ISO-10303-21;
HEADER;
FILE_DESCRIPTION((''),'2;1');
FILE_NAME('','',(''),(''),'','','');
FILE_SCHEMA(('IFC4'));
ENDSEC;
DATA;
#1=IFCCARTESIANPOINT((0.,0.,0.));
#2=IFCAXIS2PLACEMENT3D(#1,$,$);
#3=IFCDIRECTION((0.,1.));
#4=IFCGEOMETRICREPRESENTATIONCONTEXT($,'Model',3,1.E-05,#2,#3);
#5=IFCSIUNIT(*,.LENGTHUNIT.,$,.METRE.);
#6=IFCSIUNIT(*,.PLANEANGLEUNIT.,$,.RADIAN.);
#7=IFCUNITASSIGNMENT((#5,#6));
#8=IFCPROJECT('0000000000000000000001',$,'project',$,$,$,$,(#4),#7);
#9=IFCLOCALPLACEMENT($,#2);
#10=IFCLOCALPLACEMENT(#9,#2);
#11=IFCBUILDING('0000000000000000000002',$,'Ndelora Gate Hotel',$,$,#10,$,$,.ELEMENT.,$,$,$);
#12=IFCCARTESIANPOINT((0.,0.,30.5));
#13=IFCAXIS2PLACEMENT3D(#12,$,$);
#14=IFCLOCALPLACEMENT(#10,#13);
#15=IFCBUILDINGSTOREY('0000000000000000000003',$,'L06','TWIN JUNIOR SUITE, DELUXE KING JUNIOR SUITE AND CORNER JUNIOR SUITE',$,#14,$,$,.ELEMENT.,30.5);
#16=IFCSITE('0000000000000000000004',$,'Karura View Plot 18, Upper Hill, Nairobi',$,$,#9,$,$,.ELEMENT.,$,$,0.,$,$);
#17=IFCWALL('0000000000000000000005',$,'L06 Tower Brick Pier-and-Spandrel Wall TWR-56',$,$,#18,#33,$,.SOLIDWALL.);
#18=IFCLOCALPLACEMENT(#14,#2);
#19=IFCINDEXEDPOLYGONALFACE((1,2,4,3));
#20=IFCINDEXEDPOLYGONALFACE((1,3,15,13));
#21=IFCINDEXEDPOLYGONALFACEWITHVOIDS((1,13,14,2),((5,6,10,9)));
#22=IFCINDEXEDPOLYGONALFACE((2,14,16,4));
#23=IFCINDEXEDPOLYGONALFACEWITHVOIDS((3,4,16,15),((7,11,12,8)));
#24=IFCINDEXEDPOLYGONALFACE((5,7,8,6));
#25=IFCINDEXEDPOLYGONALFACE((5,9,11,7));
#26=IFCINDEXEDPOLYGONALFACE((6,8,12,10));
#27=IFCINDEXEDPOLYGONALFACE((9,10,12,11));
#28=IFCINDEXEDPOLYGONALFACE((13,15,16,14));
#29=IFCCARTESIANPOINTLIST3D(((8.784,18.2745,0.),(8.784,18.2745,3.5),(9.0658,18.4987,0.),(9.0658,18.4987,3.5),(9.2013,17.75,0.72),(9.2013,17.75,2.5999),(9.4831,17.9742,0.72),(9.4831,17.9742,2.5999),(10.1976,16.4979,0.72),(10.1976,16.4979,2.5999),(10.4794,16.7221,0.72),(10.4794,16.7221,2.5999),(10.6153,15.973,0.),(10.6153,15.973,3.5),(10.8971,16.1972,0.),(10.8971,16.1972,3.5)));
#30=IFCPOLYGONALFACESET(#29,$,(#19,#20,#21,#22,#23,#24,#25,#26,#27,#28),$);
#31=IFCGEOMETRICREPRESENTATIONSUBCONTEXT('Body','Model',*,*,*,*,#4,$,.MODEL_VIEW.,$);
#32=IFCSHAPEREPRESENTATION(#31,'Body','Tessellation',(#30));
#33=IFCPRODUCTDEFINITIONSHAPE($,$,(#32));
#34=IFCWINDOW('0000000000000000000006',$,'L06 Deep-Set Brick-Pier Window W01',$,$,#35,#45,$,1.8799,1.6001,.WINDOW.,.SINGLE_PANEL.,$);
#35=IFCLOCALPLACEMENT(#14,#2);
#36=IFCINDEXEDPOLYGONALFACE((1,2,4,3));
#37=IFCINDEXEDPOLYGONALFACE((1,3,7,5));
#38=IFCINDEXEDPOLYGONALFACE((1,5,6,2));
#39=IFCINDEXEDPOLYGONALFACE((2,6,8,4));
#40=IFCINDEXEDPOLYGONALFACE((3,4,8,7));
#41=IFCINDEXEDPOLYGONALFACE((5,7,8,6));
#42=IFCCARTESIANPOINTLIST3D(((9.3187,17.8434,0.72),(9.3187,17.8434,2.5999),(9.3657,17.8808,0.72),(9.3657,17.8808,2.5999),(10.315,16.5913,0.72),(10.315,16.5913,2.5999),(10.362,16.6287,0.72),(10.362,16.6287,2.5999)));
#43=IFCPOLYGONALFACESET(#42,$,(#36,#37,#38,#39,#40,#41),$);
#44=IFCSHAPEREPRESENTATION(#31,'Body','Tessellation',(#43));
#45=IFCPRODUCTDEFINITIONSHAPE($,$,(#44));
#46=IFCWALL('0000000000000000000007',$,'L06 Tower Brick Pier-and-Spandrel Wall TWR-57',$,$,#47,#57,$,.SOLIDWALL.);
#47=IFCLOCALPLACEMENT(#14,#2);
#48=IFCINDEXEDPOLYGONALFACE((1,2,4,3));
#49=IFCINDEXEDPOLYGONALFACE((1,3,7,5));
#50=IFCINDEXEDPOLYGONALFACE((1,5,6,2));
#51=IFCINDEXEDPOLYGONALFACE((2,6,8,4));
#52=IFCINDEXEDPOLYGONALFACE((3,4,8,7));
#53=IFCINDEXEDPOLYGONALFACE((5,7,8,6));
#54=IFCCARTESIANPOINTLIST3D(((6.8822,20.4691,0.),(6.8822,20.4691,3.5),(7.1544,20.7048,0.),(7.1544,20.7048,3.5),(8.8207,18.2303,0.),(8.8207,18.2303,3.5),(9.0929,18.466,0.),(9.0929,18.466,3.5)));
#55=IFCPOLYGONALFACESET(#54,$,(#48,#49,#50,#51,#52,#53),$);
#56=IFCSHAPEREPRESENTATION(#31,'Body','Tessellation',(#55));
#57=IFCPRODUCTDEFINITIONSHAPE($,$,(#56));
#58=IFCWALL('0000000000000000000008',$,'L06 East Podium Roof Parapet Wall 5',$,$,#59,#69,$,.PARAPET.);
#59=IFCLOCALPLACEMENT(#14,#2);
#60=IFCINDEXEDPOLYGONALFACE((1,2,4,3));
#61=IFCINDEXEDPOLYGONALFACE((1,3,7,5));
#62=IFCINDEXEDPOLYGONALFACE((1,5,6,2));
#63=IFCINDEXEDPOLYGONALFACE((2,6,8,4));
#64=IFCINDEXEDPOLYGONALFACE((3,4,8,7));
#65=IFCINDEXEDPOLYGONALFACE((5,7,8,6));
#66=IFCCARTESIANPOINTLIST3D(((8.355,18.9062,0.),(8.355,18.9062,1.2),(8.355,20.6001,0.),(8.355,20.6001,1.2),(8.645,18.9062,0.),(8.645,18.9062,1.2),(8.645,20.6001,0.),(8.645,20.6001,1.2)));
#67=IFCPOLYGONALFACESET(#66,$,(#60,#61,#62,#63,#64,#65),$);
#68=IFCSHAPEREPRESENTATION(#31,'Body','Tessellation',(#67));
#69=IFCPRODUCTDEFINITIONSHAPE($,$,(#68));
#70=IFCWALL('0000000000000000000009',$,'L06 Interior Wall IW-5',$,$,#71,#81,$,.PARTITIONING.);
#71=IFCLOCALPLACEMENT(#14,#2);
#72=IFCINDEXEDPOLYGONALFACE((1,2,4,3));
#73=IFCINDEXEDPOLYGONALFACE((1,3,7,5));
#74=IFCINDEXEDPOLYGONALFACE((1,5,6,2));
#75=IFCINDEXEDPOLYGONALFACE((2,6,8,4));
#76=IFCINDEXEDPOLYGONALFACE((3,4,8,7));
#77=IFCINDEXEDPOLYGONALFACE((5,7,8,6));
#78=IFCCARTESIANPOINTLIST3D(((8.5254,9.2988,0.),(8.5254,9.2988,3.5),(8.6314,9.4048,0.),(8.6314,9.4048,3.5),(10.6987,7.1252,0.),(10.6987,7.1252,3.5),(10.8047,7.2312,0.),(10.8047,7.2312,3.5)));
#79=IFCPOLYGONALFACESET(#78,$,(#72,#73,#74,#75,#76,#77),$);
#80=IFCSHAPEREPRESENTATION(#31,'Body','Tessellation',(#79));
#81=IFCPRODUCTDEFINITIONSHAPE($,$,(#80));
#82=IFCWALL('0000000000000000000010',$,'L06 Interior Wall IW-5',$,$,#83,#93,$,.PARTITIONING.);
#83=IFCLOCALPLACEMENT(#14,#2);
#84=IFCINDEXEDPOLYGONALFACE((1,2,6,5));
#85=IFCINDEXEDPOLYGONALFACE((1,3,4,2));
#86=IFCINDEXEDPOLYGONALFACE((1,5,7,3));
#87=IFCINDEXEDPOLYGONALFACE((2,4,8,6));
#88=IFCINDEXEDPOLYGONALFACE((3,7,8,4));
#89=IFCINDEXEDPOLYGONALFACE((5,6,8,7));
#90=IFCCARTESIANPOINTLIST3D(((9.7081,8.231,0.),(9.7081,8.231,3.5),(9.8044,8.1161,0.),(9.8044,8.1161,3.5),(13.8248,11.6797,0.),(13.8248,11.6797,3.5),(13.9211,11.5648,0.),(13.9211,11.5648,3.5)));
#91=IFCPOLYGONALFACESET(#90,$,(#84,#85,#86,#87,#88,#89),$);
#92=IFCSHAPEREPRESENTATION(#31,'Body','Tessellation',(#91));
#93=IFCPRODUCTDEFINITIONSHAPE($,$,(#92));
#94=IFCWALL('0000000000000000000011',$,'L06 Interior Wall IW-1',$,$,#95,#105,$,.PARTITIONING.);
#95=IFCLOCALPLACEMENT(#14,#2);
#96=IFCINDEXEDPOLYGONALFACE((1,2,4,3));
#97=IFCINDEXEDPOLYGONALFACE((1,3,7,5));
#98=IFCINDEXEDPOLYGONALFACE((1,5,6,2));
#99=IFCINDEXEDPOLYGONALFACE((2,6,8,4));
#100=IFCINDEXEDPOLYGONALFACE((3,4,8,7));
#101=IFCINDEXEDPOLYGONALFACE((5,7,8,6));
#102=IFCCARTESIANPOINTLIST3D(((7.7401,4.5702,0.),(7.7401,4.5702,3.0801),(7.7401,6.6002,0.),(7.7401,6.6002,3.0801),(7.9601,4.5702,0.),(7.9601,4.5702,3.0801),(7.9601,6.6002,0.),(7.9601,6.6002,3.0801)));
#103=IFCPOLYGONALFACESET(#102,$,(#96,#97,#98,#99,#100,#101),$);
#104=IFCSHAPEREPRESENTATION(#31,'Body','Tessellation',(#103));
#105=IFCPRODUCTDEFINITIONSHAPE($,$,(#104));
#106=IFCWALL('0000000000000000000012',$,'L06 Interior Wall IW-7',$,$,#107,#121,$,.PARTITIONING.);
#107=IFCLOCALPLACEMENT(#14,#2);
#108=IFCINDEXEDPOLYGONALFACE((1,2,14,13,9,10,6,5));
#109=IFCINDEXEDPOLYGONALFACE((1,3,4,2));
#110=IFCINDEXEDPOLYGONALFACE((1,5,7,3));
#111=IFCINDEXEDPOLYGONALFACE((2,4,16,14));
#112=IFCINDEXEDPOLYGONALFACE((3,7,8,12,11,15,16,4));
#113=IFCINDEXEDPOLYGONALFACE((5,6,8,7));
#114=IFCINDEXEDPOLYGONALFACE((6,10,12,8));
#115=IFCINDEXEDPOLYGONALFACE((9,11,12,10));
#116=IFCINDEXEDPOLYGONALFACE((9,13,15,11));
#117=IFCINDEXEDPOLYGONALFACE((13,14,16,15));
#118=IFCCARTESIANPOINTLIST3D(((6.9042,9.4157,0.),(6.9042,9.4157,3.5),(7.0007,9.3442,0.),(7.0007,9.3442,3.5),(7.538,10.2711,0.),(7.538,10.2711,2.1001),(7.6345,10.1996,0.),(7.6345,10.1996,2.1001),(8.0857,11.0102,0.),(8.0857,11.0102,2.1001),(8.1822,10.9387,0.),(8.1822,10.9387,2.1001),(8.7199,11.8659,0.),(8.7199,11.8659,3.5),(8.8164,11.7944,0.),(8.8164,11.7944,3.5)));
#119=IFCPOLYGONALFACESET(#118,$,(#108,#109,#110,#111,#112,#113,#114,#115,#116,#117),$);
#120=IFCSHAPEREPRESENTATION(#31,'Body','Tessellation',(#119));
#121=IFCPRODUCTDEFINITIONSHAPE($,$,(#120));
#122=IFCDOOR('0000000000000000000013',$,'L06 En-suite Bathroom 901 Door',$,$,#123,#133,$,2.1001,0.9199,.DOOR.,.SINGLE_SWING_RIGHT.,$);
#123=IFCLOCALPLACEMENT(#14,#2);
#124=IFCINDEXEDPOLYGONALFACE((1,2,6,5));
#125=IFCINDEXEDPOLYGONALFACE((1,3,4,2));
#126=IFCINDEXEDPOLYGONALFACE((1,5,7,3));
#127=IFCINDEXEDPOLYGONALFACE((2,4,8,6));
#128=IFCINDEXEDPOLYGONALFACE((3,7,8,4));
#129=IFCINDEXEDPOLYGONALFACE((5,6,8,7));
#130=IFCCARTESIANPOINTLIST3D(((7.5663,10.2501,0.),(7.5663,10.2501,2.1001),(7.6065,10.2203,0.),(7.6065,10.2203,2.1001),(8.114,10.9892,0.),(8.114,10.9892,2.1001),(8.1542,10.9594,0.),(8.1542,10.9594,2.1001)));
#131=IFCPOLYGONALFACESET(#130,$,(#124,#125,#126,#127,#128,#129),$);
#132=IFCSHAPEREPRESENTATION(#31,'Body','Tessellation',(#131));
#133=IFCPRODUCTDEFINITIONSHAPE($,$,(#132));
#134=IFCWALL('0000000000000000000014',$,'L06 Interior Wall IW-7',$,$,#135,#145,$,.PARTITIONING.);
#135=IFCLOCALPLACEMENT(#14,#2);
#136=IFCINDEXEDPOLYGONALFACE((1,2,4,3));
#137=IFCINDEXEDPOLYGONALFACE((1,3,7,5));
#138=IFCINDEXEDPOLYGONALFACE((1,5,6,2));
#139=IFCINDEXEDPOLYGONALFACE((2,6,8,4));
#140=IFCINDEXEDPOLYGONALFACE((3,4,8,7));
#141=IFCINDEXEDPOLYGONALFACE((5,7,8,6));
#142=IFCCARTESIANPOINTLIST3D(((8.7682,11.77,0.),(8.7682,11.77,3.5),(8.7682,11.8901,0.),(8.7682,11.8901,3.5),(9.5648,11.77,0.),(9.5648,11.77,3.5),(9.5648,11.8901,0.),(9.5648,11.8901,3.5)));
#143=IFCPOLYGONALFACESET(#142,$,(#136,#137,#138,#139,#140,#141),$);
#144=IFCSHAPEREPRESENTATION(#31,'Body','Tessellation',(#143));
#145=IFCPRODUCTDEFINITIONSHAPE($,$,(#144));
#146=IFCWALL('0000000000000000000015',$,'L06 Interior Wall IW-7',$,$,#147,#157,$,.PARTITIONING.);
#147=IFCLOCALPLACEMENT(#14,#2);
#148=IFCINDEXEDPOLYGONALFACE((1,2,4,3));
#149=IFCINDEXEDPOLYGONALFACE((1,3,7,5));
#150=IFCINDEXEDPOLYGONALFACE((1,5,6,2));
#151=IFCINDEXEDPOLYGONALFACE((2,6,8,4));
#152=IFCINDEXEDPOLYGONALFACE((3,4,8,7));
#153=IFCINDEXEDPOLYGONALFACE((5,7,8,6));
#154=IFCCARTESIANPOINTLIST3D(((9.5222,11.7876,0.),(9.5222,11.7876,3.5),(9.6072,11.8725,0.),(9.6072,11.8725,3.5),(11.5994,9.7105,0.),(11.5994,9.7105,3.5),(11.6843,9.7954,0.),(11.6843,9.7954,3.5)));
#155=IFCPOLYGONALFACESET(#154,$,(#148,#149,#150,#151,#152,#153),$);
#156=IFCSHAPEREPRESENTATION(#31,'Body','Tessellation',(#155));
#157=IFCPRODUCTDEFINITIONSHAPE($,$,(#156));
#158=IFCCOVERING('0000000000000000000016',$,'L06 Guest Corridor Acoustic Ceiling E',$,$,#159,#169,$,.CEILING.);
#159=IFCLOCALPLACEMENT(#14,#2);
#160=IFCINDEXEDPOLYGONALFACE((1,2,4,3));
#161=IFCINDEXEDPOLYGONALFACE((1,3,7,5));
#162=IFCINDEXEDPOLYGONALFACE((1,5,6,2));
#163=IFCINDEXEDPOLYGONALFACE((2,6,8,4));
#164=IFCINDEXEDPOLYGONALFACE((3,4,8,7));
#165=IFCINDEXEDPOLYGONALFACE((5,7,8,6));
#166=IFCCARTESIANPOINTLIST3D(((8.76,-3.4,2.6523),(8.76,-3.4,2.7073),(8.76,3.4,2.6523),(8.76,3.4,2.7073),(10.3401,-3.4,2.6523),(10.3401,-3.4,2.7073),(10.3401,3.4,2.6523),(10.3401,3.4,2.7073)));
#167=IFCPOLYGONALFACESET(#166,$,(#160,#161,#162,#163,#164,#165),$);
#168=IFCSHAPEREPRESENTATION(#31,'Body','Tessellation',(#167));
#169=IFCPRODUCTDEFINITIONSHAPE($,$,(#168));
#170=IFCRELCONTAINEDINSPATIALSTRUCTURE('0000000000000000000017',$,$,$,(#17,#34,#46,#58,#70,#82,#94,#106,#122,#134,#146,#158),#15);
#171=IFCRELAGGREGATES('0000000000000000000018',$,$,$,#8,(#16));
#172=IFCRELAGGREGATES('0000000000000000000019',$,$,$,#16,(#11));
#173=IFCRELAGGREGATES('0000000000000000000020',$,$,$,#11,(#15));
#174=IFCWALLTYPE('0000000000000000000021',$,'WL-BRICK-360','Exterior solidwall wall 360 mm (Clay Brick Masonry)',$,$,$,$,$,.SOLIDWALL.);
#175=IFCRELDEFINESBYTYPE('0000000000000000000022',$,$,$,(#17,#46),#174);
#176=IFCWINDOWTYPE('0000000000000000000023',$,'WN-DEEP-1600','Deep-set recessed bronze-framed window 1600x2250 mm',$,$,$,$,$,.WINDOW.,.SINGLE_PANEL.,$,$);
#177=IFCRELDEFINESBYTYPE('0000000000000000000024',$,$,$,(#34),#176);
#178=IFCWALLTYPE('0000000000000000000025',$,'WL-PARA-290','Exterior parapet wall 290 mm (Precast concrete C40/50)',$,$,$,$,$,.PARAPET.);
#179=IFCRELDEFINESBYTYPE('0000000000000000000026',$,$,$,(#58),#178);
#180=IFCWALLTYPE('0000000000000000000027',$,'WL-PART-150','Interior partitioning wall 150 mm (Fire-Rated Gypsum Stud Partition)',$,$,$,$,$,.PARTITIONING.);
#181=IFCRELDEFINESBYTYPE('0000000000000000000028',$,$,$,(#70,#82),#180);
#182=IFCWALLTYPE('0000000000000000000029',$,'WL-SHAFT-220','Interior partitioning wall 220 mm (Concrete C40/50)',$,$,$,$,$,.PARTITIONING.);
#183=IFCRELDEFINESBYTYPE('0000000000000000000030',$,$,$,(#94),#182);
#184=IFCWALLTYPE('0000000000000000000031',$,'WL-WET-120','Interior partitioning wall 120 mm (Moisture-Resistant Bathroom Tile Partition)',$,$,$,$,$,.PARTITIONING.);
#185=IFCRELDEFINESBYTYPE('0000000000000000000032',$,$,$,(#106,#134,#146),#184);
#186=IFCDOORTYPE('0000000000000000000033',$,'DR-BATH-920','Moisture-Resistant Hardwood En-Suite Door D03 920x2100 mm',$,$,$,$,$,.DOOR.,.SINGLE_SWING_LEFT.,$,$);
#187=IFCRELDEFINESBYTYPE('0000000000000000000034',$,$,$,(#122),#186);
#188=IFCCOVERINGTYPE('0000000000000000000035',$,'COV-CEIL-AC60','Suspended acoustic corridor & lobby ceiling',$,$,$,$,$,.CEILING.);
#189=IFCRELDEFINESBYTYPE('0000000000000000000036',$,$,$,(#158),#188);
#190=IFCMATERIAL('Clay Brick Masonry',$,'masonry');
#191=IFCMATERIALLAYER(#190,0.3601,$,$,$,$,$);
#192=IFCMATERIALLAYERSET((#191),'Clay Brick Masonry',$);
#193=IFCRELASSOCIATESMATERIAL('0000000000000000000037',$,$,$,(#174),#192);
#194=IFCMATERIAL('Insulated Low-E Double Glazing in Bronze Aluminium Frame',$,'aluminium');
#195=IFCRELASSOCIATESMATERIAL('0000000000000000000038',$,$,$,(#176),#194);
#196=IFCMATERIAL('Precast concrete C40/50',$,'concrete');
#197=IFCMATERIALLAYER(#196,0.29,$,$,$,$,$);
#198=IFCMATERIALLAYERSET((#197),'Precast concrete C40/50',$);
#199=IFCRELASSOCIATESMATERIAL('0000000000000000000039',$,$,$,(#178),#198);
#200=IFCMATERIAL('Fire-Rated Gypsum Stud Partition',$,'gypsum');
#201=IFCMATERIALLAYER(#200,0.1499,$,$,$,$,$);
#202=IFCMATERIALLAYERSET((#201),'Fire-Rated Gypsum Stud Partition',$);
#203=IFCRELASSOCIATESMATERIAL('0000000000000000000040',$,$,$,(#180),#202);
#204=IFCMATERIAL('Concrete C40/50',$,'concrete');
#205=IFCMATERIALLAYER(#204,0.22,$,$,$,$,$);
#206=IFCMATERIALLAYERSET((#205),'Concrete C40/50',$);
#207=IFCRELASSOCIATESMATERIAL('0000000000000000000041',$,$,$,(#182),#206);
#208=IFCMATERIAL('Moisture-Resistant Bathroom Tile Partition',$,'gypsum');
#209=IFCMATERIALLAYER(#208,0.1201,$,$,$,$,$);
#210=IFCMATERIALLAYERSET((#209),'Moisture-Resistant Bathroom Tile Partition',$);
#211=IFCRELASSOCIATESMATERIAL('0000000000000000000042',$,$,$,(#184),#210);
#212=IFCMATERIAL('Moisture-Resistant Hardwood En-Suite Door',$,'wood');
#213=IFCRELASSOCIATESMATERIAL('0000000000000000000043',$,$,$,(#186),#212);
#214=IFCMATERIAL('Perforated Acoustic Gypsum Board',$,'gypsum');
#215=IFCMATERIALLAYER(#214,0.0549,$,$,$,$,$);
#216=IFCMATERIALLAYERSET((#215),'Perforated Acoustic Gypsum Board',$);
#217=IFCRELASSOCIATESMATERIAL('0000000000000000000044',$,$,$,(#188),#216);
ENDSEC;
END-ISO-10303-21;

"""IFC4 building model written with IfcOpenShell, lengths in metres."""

from ifc_helpers import new_model, si_unit, direction, frame, frame_2d, origin, origin_2d, place, context, subcontext, project, spatial, rectangle, extrude, material, layer, layer_set, type_object, element, fill, save


model = new_model("IFC4")

# Units and contexts
model_context = context("Model", 3, precision=1e-05, world=origin(), true_north=direction((0.0, 1.0)))
body_context = subcontext(model_context, "Body", "Model", "MODEL_VIEW")
ifc_project = project(units=[si_unit("LENGTHUNIT", "METRE"), si_unit("PLANEANGLEUNIT", "RADIAN")], contexts=[model_context])

# Site, building, storey
site_placement = place(None, origin())
site = spatial("IfcSite", under=ifc_project, at=site_placement, Name="Karura View Plot 18, Upper Hill, Nairobi", CompositionType="ELEMENT", RefElevation=0.0)
building_placement = place(site_placement, origin())
building = spatial("IfcBuilding", under=site, at=building_placement, Name="Ndelora Gate Hotel", CompositionType="ELEMENT")
storey_placement = place(building_placement, frame((0.0, 0.0, 30.5)))
storey = spatial("IfcBuildingStorey", under=building, at=storey_placement, Name="L06", Description="TWIN JUNIOR SUITE, DELUXE KING JUNIOR SUITE AND CORNER JUNIOR SUITE", CompositionType="ELEMENT", Elevation=30.5)

# Wall, opening, window
ifc_material_1 = material(Name="Clay Brick Masonry", Category="masonry")
ifc_layer_1 = layer(ifc_material_1, 0.3601)
ifc_layer_set_1 = layer_set([ifc_layer_1], Name="Clay Brick Masonry")
wall_type_1 = type_object("IfcWallType", Name="WL-BRICK-360", Description="Exterior solidwall wall 360 mm (Clay Brick Masonry)", PredefinedType="SOLIDWALL", material=ifc_layer_set_1)
wall_1_placement = place(storey_placement, frame((8.9248, 18.3867, 0.0), z_axis=(0.0, 0.0, 1.0), x_axis=(0.622638, -0.78251, 0.0)))
wall_1 = element("IfcWall", 1, at=wall_1_placement, inside=storey, type_object=wall_type_1, Name="L06 Tower Brick Pier-and-Spandrel Wall TWR-56", PredefinedType="SOLIDWALL", context=body_context, shape_type="SweptSolid", body=[
    extrude(rectangle(XDim=2.9412, YDim=0.3601, at=frame_2d((1.4707, 0.0))), origin(), (0.0, 0.0, 1.0), 3.5),
])
opening_1_placement = place(wall_1_placement, frame((0.6704, 0.0, 0.72)))
opening_1 = element("IfcOpeningElement", 2, at=opening_1_placement, cuts=wall_1, PredefinedType="OPENING", context=body_context, shape_type="SweptSolid", body=[
    extrude(rectangle(XDim=1.6001, YDim=1.8799, at=frame_2d((0.8, 0.9399))), frame((0.0, 0.1899, 0.0), z_axis=(0.0, -1.0, 0.0), x_axis=(1.0, 0.0, 0.0)), (0.0, 0.0, 1.0), 0.3801),
])
ifc_material_2 = material(Name="Insulated Low-E Double Glazing in Bronze Aluminium Frame", Category="aluminium")
window_type = type_object("IfcWindowType", Name="WN-DEEP-1600", Description="Deep-set recessed bronze-framed window 1600x2250 mm", PartitioningType="SINGLE_PANEL", PredefinedType="WINDOW", material=ifc_material_2)
window_placement = place(opening_1_placement, origin())
window = element("IfcWindow", 3, at=window_placement, inside=storey, type_object=window_type, Name="L06 Deep-Set Brick-Pier Window W01", OverallHeight=1.8799, OverallWidth=1.6001, PartitioningType="SINGLE_PANEL", PredefinedType="WINDOW", context=body_context, shape_type="SweptSolid", body=[
    extrude(rectangle(XDim=1.6001, YDim=1.8799, at=frame_2d((0.8, 0.9399))), frame((0.0, 0.03, 0.0), z_axis=(0.0, -1.0, 0.0), x_axis=(1.0, 0.0, 0.0)), (0.0, 0.0, 1.0), 0.0601),
])
fill(opening_1, window)

# Wall
wall_2_placement = place(storey_placement, frame((7.0183, 20.5869, 0.0), z_axis=(0.0, 0.0, 1.0), x_axis=(0.654585, -0.755988, 0.0)))
element("IfcWall", 4, at=wall_2_placement, inside=storey, type_object=wall_type_1, Name="L06 Tower Brick Pier-and-Spandrel Wall TWR-57", PredefinedType="SOLIDWALL", context=body_context, shape_type="SweptSolid", body=[
    extrude(rectangle(XDim=2.9614, YDim=0.3601, at=frame_2d((1.4807, 0.0))), origin(), (0.0, 0.0, 1.0), 3.5),
])

# Shared definitions
ifc_material_3 = material(Name="Concrete C40/50", Category="concrete")

# Walls
ifc_material_4 = material(Name="Precast concrete C40/50", Category="concrete")
ifc_layer_2 = layer(ifc_material_4, 0.29)
ifc_layer_set_2 = layer_set([ifc_layer_2], Name="Precast concrete C40/50")
wall_type_2 = type_object("IfcWallType", Name="WL-PARA-290", Description="Exterior parapet wall 290 mm (Precast concrete C40/50)", PredefinedType="PARAPET", material=ifc_layer_set_2)
wall_3_placement = place(storey_placement, frame((8.5, 20.6001, 0.0), z_axis=(0.0, 0.0, 1.0), x_axis=(0.0, -1.0, 0.0)))
element("IfcWall", 5, at=wall_3_placement, inside=storey, type_object=wall_type_2, Name="L06 East Podium Roof Parapet Wall 5", PredefinedType="PARAPET", context=body_context, shape_type="SweptSolid", body=[
    extrude(rectangle(XDim=1.6938, YDim=0.29, at=frame_2d((0.8469, 0.0))), origin(), (0.0, 0.0, 1.0), 1.2),
])
ifc_material_5 = material(Name="Fire-Rated Gypsum Stud Partition", Category="gypsum")
ifc_layer_3 = layer(ifc_material_5, 0.1499)
ifc_layer_set_3 = layer_set([ifc_layer_3], Name="Fire-Rated Gypsum Stud Partition")
wall_type_3 = type_object("IfcWallType", Name="WL-PART-150", Description="Interior partitioning wall 150 mm (Fire-Rated Gypsum Stud Partition)", PredefinedType="PARTITIONING", material=ifc_layer_set_3)
wall_4_placement = place(storey_placement, frame((8.5784, 9.3518, 0.0), z_axis=(0.0, 0.0, 1.0), x_axis=(0.707067, -0.707146, 0.0)))
element("IfcWall", 6, at=wall_4_placement, inside=storey, type_object=wall_type_3, Name="L06 Interior Wall IW-5", PredefinedType="PARTITIONING", context=body_context, shape_type="SweptSolid", body=[
    extrude(rectangle(XDim=3.0737, YDim=0.1499, at=frame_2d((1.5369, 0.0))), origin(), (0.0, 0.0, 1.0), 3.5),
])
wall_5_placement = place(storey_placement, frame((9.7563, 8.1736, 0.0), z_axis=(0.0, 0.0, 1.0), x_axis=(0.766557, 0.642177, 0.0)))
element("IfcWall", 7, at=wall_5_placement, inside=storey, type_object=wall_type_3, Name="L06 Interior Wall IW-5", PredefinedType="PARTITIONING", context=body_context, shape_type="SweptSolid", body=[
    extrude(rectangle(XDim=5.3704, YDim=0.1499, at=frame_2d((2.6851, 0.0))), origin(), (0.0, 0.0, 1.0), 3.5),
])
ifc_layer_4 = layer(ifc_material_3, 0.22)
ifc_layer_set_4 = layer_set([ifc_layer_4], Name="Concrete C40/50")
wall_type_4 = type_object("IfcWallType", Name="WL-SHAFT-220", Description="Interior partitioning wall 220 mm (Concrete C40/50)", PredefinedType="PARTITIONING", material=ifc_layer_set_4)
wall_6_placement = place(storey_placement, frame((7.8501, 4.5701, 0.0), z_axis=(0.0, 0.0, 1.0), x_axis=(0.0, 1.0, 0.0)))
element("IfcWall", 8, at=wall_6_placement, inside=storey, type_object=wall_type_4, Name="L06 Interior Wall IW-1", PredefinedType="PARTITIONING", context=body_context, shape_type="SweptSolid", body=[
    extrude(rectangle(XDim=2.03, YDim=0.22, at=frame_2d((1.0151, 0.0))), origin(), (0.0, 0.0, 1.0), 3.0801),
])

# Wall, opening, door
ifc_material_6 = material(Name="Moisture-Resistant Bathroom Tile Partition", Category="gypsum")
ifc_layer_5 = layer(ifc_material_6, 0.1201)
ifc_layer_set_5 = layer_set([ifc_layer_5], Name="Moisture-Resistant Bathroom Tile Partition")
wall_type_5 = type_object("IfcWallType", Name="WL-WET-120", Description="Interior partitioning wall 120 mm (Moisture-Resistant Bathroom Tile Partition)", PredefinedType="PARTITIONING", material=ifc_layer_set_5)
wall_7_placement = place(storey_placement, frame((6.9524, 9.3799, 0.0), z_axis=(0.0, 0.0, 1.0), x_axis=(0.595379, 0.803445, 0.0)))
wall_7 = element("IfcWall", 9, at=wall_7_placement, inside=storey, type_object=wall_type_5, Name="L06 Interior Wall IW-7", PredefinedType="PARTITIONING", context=body_context, shape_type="SweptSolid", body=[
    extrude(rectangle(XDim=3.0496, YDim=0.1201, at=frame_2d((1.5249, 0.0))), origin(), (0.0, 0.0, 1.0), 3.5),
])
opening_2_placement = place(wall_7_placement, frame((1.0647, 0.0, 0.0)))
opening_2 = element("IfcOpeningElement", 10, at=opening_2_placement, cuts=wall_7, PredefinedType="OPENING", context=body_context, shape_type="SweptSolid", body=[
    extrude(rectangle(XDim=0.9199, YDim=2.1001, at=frame_2d((0.46, 1.05))), frame((0.0, 0.0701, 0.0), z_axis=(0.0, -1.0, 0.0), x_axis=(1.0, 0.0, 0.0)), (0.0, 0.0, 1.0), 0.1401),
])
ifc_material_7 = material(Name="Moisture-Resistant Hardwood En-Suite Door", Category="wood")
door_type_1 = type_object("IfcDoorType", Name="DR-BATH-920", Description="Moisture-Resistant Hardwood En-Suite Door D03 920x2100 mm", OperationType="SINGLE_SWING_LEFT", PredefinedType="DOOR", material=ifc_material_7)
door_1_placement = place(opening_2_placement, origin())
door_1 = element("IfcDoor", 11, at=door_1_placement, inside=storey, type_object=door_type_1, Name="L06 En-suite Bathroom 901 Door", OperationType="SINGLE_SWING_RIGHT", OverallHeight=2.1001, OverallWidth=0.9199, PredefinedType="DOOR", context=body_context, shape_type="SweptSolid", body=[
    extrude(rectangle(XDim=0.9199, YDim=2.1001, at=frame_2d((0.46, 1.05))), frame((0.0, 0.0249, 0.0), z_axis=(0.0, -1.0, 0.0), x_axis=(1.0, 0.0, 0.0)), (0.0, 0.0, 1.0), 0.05),
])
fill(opening_2, door_1)

# Walls
wall_8_placement = place(storey_placement, frame((8.7681, 11.8301, 0.0), z_axis=(0.0, 0.0, 1.0), x_axis=(1.0, 0.0, 0.0)))
element("IfcWall", 12, at=wall_8_placement, inside=storey, type_object=wall_type_5, Name="L06 Interior Wall IW-7", PredefinedType="PARTITIONING", context=body_context, shape_type="SweptSolid", body=[
    extrude(rectangle(XDim=0.7966, YDim=0.1201, at=frame_2d((0.3984, 0.0))), origin(), (0.0, 0.0, 1.0), 3.5),
])
wall_9_placement = place(storey_placement, frame((9.5647, 11.8301, 0.0), z_axis=(0.0, 0.0, 1.0), x_axis=(0.707107, -0.707107, 0.0)))
element("IfcWall", 13, at=wall_9_placement, inside=storey, type_object=wall_type_5, Name="L06 Interior Wall IW-7", PredefinedType="PARTITIONING", context=body_context, shape_type="SweptSolid", body=[
    extrude(rectangle(XDim=2.9375, YDim=0.1201, at=frame_2d((1.4688, 0.0))), origin(), (0.0, 0.0, 1.0), 3.5),
])

# Covering
ifc_material_8 = material(Name="Perforated Acoustic Gypsum Board", Category="gypsum")
ifc_layer_6 = layer(ifc_material_8, 0.0549)
ifc_layer_set_6 = layer_set([ifc_layer_6], Name="Perforated Acoustic Gypsum Board")
covering_type_1 = type_object("IfcCoveringType", Name="COV-CEIL-AC60", Description="Suspended acoustic corridor & lobby ceiling", PredefinedType="CEILING", material=ifc_layer_set_6)
covering_1_placement = place(storey_placement, frame((9.55, 0.0, 2.6523), z_axis=(0.0, 0.0, 1.0), x_axis=(1.0, 0.0, 0.0)))
element("IfcCovering", 14, at=covering_1_placement, inside=storey, type_object=covering_type_1, Name="L06 Guest Corridor Acoustic Ceiling E", PredefinedType="CEILING", context=body_context, shape_type="SweptSolid", body=[
    extrude(rectangle(XDim=1.5801, YDim=6.8, at=origin_2d()), origin(), (0.0, 0.0, 1.0), 0.0549),
])

save(model, "model.ifc")
